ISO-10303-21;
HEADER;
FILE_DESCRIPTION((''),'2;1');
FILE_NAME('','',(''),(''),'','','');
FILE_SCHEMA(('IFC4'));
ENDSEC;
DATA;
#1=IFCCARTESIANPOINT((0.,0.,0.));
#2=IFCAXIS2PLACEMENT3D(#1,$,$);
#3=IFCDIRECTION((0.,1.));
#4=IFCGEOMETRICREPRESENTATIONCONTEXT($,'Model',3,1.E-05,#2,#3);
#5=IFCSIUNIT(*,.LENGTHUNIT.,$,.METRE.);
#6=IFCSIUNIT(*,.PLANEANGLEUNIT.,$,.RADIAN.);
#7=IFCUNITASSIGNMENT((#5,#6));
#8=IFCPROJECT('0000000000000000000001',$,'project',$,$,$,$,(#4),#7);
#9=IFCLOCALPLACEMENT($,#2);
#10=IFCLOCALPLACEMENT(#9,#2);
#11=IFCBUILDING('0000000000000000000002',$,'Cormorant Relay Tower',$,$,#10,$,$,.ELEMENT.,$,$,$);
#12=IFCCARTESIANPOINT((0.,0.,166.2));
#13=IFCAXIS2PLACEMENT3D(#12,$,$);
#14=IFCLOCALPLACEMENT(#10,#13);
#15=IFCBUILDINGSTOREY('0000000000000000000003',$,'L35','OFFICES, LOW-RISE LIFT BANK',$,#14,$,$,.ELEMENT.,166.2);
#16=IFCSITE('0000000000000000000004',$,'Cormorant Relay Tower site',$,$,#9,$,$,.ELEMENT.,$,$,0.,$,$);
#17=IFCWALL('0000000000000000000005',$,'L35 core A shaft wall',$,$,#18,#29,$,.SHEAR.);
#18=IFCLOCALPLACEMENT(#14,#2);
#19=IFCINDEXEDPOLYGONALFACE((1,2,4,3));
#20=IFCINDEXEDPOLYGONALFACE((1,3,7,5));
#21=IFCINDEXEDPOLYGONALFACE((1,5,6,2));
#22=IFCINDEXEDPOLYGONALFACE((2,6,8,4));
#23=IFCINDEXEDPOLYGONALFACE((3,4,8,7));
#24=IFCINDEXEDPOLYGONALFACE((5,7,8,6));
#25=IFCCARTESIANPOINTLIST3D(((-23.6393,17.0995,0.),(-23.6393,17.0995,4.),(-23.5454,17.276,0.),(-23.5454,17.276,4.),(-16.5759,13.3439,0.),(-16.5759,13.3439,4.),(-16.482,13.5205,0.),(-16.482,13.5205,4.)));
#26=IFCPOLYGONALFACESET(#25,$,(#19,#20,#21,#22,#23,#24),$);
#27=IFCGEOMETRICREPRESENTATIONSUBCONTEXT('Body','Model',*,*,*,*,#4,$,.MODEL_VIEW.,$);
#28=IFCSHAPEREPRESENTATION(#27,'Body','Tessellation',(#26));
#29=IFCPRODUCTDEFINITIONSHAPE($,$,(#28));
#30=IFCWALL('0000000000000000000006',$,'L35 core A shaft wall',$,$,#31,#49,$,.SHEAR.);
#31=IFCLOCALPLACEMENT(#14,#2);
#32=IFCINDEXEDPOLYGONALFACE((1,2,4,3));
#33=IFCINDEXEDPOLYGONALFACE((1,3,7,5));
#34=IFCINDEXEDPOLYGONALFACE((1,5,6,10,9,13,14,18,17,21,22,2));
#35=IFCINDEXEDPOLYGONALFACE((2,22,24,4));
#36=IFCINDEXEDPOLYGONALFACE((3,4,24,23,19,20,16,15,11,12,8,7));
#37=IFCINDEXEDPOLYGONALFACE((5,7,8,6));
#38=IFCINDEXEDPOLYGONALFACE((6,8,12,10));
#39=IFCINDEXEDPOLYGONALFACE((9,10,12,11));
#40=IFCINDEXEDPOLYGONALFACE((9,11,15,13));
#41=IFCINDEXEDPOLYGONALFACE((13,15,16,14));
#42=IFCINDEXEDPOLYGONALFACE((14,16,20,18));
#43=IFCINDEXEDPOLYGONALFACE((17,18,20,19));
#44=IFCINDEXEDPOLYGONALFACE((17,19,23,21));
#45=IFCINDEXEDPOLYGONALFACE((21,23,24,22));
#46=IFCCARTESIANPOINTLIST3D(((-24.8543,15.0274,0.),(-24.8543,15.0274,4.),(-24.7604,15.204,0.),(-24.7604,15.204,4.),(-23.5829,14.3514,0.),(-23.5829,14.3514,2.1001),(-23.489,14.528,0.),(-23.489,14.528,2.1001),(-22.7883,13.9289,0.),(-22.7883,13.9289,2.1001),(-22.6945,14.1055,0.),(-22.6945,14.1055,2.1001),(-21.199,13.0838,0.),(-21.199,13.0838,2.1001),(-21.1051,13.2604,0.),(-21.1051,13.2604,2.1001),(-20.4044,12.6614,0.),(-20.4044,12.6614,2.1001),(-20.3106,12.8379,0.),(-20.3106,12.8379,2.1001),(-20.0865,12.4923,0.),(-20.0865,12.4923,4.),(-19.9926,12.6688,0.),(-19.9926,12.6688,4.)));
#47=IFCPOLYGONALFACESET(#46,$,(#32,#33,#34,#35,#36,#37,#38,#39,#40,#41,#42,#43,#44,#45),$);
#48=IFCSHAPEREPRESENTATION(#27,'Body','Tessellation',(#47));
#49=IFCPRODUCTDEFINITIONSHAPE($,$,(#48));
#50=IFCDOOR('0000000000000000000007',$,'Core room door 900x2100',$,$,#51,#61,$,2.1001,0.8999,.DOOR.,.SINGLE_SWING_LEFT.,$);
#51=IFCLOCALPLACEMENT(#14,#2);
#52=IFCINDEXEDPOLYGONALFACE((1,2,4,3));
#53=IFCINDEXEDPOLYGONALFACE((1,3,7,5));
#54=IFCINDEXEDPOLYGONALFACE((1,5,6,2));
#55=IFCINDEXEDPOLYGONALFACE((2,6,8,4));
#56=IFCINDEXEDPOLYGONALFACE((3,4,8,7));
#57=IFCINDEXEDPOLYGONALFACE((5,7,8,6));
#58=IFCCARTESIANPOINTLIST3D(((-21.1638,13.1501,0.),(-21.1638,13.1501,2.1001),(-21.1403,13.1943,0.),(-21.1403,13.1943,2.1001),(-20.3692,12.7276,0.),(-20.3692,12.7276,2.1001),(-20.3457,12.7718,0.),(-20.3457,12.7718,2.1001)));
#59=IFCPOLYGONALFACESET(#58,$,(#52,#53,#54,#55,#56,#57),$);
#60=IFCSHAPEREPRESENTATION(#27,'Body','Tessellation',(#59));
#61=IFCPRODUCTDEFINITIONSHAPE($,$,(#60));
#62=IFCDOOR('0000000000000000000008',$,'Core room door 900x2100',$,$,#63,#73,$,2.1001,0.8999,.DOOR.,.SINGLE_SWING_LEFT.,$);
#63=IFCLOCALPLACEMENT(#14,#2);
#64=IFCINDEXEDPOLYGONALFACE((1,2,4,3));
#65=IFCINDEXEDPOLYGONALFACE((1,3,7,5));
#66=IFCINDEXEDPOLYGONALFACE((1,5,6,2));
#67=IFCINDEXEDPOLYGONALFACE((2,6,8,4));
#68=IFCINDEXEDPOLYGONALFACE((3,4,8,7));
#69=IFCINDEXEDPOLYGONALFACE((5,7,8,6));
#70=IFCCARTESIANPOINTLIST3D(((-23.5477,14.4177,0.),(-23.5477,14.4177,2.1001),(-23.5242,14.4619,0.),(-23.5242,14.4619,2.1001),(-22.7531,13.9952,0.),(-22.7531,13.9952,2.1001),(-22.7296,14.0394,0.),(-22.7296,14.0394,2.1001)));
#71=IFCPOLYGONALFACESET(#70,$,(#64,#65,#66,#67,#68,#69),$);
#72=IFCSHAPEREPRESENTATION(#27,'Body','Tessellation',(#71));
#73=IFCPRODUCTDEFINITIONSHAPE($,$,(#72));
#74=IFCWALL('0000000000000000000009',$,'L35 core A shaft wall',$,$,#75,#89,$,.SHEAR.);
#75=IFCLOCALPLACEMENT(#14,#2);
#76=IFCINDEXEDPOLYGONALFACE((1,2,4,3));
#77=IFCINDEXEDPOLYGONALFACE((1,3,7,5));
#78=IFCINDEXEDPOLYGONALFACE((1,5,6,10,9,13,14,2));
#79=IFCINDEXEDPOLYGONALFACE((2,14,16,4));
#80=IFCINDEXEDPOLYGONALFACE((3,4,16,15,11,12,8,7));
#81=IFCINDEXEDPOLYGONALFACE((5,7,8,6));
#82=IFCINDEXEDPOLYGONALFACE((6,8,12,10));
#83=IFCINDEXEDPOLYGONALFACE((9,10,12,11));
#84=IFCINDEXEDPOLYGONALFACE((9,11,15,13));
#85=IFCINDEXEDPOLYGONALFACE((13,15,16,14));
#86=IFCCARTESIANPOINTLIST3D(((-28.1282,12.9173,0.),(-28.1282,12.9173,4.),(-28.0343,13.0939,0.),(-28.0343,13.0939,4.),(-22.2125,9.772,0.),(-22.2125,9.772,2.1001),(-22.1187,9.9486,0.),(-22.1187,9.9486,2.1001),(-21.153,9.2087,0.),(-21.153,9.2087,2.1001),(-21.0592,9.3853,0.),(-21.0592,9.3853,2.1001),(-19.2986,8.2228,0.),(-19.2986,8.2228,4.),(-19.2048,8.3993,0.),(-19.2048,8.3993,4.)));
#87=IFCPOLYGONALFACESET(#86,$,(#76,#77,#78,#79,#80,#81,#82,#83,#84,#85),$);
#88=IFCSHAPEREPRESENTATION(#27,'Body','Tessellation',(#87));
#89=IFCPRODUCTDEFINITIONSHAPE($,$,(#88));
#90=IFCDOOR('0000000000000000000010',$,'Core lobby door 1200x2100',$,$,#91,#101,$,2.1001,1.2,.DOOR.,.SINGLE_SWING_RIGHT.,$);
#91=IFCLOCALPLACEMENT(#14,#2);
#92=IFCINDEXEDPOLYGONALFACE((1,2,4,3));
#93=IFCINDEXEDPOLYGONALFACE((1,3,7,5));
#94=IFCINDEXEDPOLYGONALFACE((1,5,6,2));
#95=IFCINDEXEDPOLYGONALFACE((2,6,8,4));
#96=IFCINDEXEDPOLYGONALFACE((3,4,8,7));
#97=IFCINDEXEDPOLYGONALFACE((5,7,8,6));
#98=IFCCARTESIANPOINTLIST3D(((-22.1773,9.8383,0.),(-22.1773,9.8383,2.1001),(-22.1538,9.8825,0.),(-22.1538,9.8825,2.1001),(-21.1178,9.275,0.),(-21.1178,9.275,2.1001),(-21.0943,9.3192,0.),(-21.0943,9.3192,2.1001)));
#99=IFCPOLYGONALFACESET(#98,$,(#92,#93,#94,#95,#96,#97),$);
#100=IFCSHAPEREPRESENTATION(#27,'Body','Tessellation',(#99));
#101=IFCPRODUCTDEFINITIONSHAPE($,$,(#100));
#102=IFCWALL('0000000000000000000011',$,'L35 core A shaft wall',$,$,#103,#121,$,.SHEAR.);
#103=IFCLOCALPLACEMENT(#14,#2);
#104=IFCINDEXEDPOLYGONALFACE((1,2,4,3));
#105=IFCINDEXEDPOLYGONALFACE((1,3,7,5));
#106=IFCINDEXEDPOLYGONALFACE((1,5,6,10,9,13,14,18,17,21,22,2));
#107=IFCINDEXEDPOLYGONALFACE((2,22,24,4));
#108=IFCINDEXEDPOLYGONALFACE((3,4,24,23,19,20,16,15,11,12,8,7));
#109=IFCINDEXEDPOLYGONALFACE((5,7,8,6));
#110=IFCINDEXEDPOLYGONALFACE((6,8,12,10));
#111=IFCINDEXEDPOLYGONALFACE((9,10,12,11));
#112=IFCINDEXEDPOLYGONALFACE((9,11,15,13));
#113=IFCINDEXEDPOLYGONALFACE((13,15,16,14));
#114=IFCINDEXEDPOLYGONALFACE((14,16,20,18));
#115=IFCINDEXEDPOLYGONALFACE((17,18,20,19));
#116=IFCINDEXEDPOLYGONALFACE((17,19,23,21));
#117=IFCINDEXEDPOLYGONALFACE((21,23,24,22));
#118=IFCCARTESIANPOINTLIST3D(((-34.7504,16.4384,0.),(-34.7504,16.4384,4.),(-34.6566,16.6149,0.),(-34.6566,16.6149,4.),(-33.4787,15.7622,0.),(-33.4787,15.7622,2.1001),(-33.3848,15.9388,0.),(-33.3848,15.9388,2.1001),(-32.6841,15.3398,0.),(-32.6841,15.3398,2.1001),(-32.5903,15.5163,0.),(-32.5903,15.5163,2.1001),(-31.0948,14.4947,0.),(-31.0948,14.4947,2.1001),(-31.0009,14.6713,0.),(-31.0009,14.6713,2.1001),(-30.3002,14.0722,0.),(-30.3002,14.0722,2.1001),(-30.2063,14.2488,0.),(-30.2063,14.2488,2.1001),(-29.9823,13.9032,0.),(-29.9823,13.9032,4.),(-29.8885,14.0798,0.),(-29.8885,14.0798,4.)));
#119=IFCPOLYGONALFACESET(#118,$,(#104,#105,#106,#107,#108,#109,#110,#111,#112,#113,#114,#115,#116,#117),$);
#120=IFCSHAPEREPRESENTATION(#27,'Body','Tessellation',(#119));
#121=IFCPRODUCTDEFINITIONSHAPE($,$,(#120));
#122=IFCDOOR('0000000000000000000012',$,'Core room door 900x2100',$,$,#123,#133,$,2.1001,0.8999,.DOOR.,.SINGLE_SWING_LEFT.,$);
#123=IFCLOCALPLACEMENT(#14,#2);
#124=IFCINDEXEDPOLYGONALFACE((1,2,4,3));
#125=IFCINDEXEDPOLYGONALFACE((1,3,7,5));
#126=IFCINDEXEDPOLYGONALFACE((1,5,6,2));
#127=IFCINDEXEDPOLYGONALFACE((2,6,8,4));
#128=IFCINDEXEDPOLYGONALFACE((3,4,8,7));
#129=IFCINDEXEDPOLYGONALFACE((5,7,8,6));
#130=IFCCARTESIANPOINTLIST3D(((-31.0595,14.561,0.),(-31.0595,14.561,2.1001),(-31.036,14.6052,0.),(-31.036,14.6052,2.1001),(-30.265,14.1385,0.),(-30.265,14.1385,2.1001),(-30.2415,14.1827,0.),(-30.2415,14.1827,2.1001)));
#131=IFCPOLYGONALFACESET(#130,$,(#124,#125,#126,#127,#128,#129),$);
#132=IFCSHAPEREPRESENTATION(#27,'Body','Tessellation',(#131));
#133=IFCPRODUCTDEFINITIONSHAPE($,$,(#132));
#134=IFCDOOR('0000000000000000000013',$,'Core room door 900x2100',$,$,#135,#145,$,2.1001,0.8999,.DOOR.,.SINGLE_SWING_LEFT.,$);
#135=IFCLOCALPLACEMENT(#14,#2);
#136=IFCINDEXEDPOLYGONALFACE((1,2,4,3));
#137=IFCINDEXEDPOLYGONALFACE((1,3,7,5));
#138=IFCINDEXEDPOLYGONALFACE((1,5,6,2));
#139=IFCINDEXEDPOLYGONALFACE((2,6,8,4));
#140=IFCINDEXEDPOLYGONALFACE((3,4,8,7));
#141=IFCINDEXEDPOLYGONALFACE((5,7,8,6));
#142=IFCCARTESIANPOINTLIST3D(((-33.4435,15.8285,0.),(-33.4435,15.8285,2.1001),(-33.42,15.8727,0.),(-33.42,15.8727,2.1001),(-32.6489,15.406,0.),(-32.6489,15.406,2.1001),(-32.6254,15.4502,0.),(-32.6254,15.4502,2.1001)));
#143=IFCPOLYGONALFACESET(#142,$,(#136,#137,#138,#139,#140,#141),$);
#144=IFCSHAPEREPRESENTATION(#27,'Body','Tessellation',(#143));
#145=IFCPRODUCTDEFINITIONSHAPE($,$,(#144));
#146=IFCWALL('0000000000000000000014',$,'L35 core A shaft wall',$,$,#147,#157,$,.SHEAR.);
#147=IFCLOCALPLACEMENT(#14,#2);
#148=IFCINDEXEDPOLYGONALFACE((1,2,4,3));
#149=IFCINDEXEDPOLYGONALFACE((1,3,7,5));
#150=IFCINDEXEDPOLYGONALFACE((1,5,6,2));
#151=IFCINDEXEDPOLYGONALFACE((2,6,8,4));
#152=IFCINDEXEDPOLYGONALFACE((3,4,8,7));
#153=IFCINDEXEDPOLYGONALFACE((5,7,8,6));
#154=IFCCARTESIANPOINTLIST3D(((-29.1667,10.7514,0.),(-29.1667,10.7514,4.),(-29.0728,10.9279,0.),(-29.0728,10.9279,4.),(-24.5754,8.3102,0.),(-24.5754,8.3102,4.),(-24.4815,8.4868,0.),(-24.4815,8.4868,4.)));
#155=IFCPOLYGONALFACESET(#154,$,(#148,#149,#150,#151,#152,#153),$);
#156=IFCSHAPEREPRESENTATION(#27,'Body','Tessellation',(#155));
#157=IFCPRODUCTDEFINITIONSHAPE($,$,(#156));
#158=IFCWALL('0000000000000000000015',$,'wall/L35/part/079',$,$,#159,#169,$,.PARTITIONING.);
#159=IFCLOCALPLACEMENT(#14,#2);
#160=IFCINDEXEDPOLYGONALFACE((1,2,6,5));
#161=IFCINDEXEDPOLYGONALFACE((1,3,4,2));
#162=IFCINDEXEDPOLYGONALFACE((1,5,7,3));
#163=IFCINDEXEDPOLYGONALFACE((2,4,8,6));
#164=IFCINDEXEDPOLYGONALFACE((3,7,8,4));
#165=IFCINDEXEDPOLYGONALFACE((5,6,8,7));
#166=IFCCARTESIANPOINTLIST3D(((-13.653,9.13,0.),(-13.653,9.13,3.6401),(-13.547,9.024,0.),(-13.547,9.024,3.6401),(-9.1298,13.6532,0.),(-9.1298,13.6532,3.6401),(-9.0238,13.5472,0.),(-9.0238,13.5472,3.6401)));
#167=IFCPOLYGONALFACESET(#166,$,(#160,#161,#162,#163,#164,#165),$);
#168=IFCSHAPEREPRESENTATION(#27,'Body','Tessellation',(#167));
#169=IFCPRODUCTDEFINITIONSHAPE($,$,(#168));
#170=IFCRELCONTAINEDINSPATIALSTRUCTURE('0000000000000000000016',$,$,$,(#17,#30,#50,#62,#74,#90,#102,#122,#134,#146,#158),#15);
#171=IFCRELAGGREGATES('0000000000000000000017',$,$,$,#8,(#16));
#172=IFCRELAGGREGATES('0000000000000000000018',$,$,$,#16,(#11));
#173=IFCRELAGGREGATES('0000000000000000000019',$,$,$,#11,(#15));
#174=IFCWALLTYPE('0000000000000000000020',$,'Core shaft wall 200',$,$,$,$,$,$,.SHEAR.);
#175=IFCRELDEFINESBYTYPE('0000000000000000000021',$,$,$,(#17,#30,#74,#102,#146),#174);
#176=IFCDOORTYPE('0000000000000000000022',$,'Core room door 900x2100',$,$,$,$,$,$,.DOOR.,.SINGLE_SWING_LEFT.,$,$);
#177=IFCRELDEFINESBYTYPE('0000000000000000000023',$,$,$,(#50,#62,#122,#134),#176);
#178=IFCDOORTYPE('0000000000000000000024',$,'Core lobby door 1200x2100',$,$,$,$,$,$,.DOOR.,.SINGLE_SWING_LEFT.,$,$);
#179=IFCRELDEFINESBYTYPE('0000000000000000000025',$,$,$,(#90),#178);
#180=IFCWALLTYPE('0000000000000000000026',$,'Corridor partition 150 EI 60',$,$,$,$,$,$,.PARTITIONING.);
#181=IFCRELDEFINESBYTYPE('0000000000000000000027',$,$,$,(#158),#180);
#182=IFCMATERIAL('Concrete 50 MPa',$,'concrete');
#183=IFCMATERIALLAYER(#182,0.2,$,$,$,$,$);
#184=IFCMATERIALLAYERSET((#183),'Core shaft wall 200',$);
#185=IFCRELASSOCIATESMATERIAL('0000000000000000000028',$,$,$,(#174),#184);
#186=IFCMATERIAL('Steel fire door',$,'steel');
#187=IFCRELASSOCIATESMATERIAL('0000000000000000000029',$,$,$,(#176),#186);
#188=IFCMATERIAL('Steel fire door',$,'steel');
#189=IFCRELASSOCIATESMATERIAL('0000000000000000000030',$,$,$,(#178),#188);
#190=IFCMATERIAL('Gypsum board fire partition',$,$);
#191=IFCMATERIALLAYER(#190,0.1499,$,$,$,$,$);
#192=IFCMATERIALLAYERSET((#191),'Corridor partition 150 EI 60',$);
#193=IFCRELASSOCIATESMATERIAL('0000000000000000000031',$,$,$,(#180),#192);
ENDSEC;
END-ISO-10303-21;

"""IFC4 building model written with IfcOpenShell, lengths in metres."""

from ifc_helpers import new_model, si_unit, direction, frame, frame_2d, origin, place, context, subcontext, project, spatial, rectangle, extrude, material, layer, layer_set, type_object, element, fill, save


model = new_model("IFC4")

# Units and contexts
model_context = context("Model", 3, precision=1e-05, world=origin(), true_north=direction((0.0, 1.0)))
body_context = subcontext(model_context, "Body", "Model", "MODEL_VIEW")
ifc_project = project(units=[si_unit("LENGTHUNIT", "METRE"), si_unit("PLANEANGLEUNIT", "RADIAN")], contexts=[model_context])

# Site, building, storey
site_placement = place(None, origin())
site = spatial("IfcSite", under=ifc_project, at=site_placement, Name="Cormorant Relay Tower site", CompositionType="ELEMENT", RefElevation=0.0)
building_placement = place(site_placement, origin())
building = spatial("IfcBuilding", under=site, at=building_placement, Name="Cormorant Relay Tower", CompositionType="ELEMENT")
storey_placement = place(building_placement, frame((0.0, 0.0, 166.2)))
storey = spatial("IfcBuildingStorey", under=building, at=storey_placement, Name="L35", Description="OFFICES, LOW-RISE LIFT BANK", CompositionType="ELEMENT", Elevation=166.2)

# Shared definitions
ifc_material_1 = material(Name="Concrete 50 MPa", Category="concrete")
ifc_layer_1 = layer(ifc_material_1, 0.2)
ifc_layer_set_1 = layer_set([ifc_layer_1], Name="Core shaft wall 200")
wall_type_1 = type_object("IfcWallType", Name="Core shaft wall 200", PredefinedType="SHEAR", material=ifc_layer_set_1)

# Shared definitions
ifc_material_2 = material(Name="Steel fire door", Category="steel")
door_type_1 = type_object("IfcDoorType", Name="Core room door 900x2100", OperationType="SINGLE_SWING_LEFT", PredefinedType="DOOR", material=ifc_material_2)

# Wall
wall_1_placement = place(storey_placement, frame((-16.5288, 13.4321, 0.0), z_axis=(0.0, 0.0, 1.0), x_axis=(-0.882953, 0.469462, 0.0)))
element("IfcWall", 1, at=wall_1_placement, inside=storey, type_object=wall_type_1, Name="L35 core A shaft wall", PredefinedType="SHEAR", context=body_context, shape_type="SweptSolid", body=[
    extrude(rectangle(XDim=7.9998, YDim=0.2, at=frame_2d((4.0, 0.0))), origin(), (0.0, 0.0, 1.0), 4.0),
])

# Wall, openings, doors
wall_2_placement = place(storey_placement, frame((-20.0396, 12.5806, 0.0), z_axis=(0.0, 0.0, 1.0), x_axis=(-0.882943, 0.46948, 0.0)))
wall_2 = element("IfcWall", 2, at=wall_2_placement, inside=storey, type_object=wall_type_1, Name="L35 core A shaft wall", PredefinedType="SHEAR", context=body_context, shape_type="SweptSolid", body=[
    extrude(rectangle(XDim=5.3999, YDim=0.2, at=frame_2d((2.7, 0.0))), origin(), (0.0, 0.0, 1.0), 4.0),
])
opening_1_placement = place(wall_2_placement, frame((0.3601, 0.0, 0.0)))
opening_1 = element("IfcOpeningElement", 3, at=opening_1_placement, cuts=wall_2, PredefinedType="OPENING", context=body_context, shape_type="SweptSolid", body=[
    extrude(rectangle(XDim=0.8999, YDim=2.1001, at=frame_2d((0.45, 1.05))), frame((0.0, 0.1099, 0.0), z_axis=(0.0, -1.0, 0.0), x_axis=(1.0, 0.0, 0.0)), (0.0, 0.0, 1.0), 0.22),
])
opening_2_placement = place(wall_2_placement, frame((3.0601, 0.0, 0.0)))
opening_2 = element("IfcOpeningElement", 4, at=opening_2_placement, cuts=wall_2, PredefinedType="OPENING", context=body_context, shape_type="SweptSolid", body=[
    extrude(rectangle(XDim=0.8999, YDim=2.1001, at=frame_2d((0.45, 1.05))), frame((0.0, 0.1099, 0.0), z_axis=(0.0, -1.0, 0.0), x_axis=(1.0, 0.0, 0.0)), (0.0, 0.0, 1.0), 0.22),
])
door_1_placement = place(opening_1_placement, origin())
door_1 = element("IfcDoor", 5, at=door_1_placement, inside=storey, type_object=door_type_1, Name="Core room door 900x2100", OperationType="SINGLE_SWING_LEFT", OverallHeight=2.1001, OverallWidth=0.8999, PredefinedType="DOOR", context=body_context, shape_type="SweptSolid", body=[
    extrude(rectangle(XDim=0.8999, YDim=2.1001, at=frame_2d((0.45, 1.05))), frame((0.0, 0.0249, 0.0), z_axis=(0.0, -1.0, 0.0), x_axis=(1.0, 0.0, 0.0)), (0.0, 0.0, 1.0), 0.05),
])
fill(opening_1, door_1)
door_2_placement = place(opening_2_placement, origin())
door_2 = element("IfcDoor", 6, at=door_2_placement, inside=storey, type_object=door_type_1, Name="Core room door 900x2100", OperationType="SINGLE_SWING_LEFT", OverallHeight=2.1001, OverallWidth=0.8999, PredefinedType="DOOR", context=body_context, shape_type="SweptSolid", body=[
    extrude(rectangle(XDim=0.8999, YDim=2.1001, at=frame_2d((0.45, 1.05))), frame((0.0, 0.0249, 0.0), z_axis=(0.0, -1.0, 0.0), x_axis=(1.0, 0.0, 0.0)), (0.0, 0.0, 1.0), 0.05),
])
fill(opening_2, door_2)

# Wall, opening, door
wall_3_placement = place(storey_placement, frame((-19.2517, 8.311, 0.0), z_axis=(0.0, 0.0, 1.0), x_axis=(-0.882956, 0.469456, 0.0)))
wall_3 = element("IfcWall", 7, at=wall_3_placement, inside=storey, type_object=wall_type_1, Name="L35 core A shaft wall", PredefinedType="SHEAR", context=body_context, shape_type="SweptSolid", body=[
    extrude(rectangle(XDim=10.0, YDim=0.2, at=frame_2d((5.0, 0.0))), origin(), (0.0, 0.0, 1.0), 4.0),
])
opening_3_placement = place(wall_3_placement, frame((2.1001, 0.0, 0.0)))
opening_3 = element("IfcOpeningElement", 8, at=opening_3_placement, cuts=wall_3, PredefinedType="OPENING", context=body_context, shape_type="SweptSolid", body=[
    extrude(rectangle(XDim=1.2, YDim=2.1001, at=frame_2d((0.6001, 1.05))), frame((0.0, 0.1099, 0.0), z_axis=(0.0, -1.0, 0.0), x_axis=(1.0, 0.0, 0.0)), (0.0, 0.0, 1.0), 0.22),
])
ifc_material_3 = material(Name="Steel fire door", Category="steel")
door_type_2 = type_object("IfcDoorType", Name="Core lobby door 1200x2100", OperationType="SINGLE_SWING_LEFT", PredefinedType="DOOR", material=ifc_material_3)
door_3_placement = place(opening_3_placement, origin())
door_3 = element("IfcDoor", 9, at=door_3_placement, inside=storey, type_object=door_type_2, Name="Core lobby door 1200x2100", OperationType="SINGLE_SWING_RIGHT", OverallHeight=2.1001, OverallWidth=1.2, PredefinedType="DOOR", context=body_context, shape_type="SweptSolid", body=[
    extrude(rectangle(XDim=1.2, YDim=2.1001, at=frame_2d((0.6001, 1.05))), frame((0.0, 0.0249, 0.0), z_axis=(0.0, -1.0, 0.0), x_axis=(1.0, 0.0, 0.0)), (0.0, 0.0, 1.0), 0.05),
])
fill(opening_3, door_3)

# Wall, openings, doors
wall_4_placement = place(storey_placement, frame((-29.9353, 13.9915, 0.0), z_axis=(0.0, 0.0, 1.0), x_axis=(-0.882953, 0.469462, 0.0)))
wall_4 = element("IfcWall", 10, at=wall_4_placement, inside=storey, type_object=wall_type_1, Name="L35 core A shaft wall", PredefinedType="SHEAR", context=body_context, shape_type="SweptSolid", body=[
    extrude(rectangle(XDim=5.4001, YDim=0.2, at=frame_2d((2.7002, 0.0))), origin(), (0.0, 0.0, 1.0), 4.0),
])
opening_4_placement = place(wall_4_placement, frame((0.3601, 0.0, 0.0)))
opening_4 = element("IfcOpeningElement", 11, at=opening_4_placement, cuts=wall_4, PredefinedType="OPENING", context=body_context, shape_type="SweptSolid", body=[
    extrude(rectangle(XDim=0.8999, YDim=2.1001, at=frame_2d((0.45, 1.05))), frame((0.0, 0.1099, 0.0), z_axis=(0.0, -1.0, 0.0), x_axis=(1.0, 0.0, 0.0)), (0.0, 0.0, 1.0), 0.22),
])
opening_5_placement = place(wall_4_placement, frame((3.0601, 0.0, 0.0)))
opening_5 = element("IfcOpeningElement", 12, at=opening_5_placement, cuts=wall_4, PredefinedType="OPENING", context=body_context, shape_type="SweptSolid", body=[
    extrude(rectangle(XDim=0.8999, YDim=2.1001, at=frame_2d((0.45, 1.05))), frame((0.0, 0.1099, 0.0), z_axis=(0.0, -1.0, 0.0), x_axis=(1.0, 0.0, 0.0)), (0.0, 0.0, 1.0), 0.22),
])
door_4_placement = place(opening_4_placement, origin())
door_4 = element("IfcDoor", 13, at=door_4_placement, inside=storey, type_object=door_type_1, Name="Core room door 900x2100", OperationType="SINGLE_SWING_LEFT", OverallHeight=2.1001, OverallWidth=0.8999, PredefinedType="DOOR", context=body_context, shape_type="SweptSolid", body=[
    extrude(rectangle(XDim=0.8999, YDim=2.1001, at=frame_2d((0.45, 1.05))), frame((0.0, 0.0249, 0.0), z_axis=(0.0, -1.0, 0.0), x_axis=(1.0, 0.0, 0.0)), (0.0, 0.0, 1.0), 0.05),
])
fill(opening_4, door_4)
door_5_placement = place(opening_5_placement, origin())
door_5 = element("IfcDoor", 14, at=door_5_placement, inside=storey, type_object=door_type_1, Name="Core room door 900x2100", OperationType="SINGLE_SWING_LEFT", OverallHeight=2.1001, OverallWidth=0.8999, PredefinedType="DOOR", context=body_context, shape_type="SweptSolid", body=[
    extrude(rectangle(XDim=0.8999, YDim=2.1001, at=frame_2d((0.45, 1.05))), frame((0.0, 0.0249, 0.0), z_axis=(0.0, -1.0, 0.0), x_axis=(1.0, 0.0, 0.0)), (0.0, 0.0, 1.0), 0.05),
])
fill(opening_5, door_5)

# Walls
wall_5_placement = place(storey_placement, frame((-24.5283, 8.3984, 0.0), z_axis=(0.0, 0.0, 1.0), x_axis=(-0.882954, 0.46946, 0.0)))
element("IfcWall", 15, at=wall_5_placement, inside=storey, type_object=wall_type_1, Name="L35 core A shaft wall", PredefinedType="SHEAR", context=body_context, shape_type="SweptSolid", body=[
    extrude(rectangle(XDim=5.2, YDim=0.2, at=frame_2d((2.6001, 0.0))), origin(), (0.0, 0.0, 1.0), 4.0),
])
ifc_material_4 = material(Name="Gypsum board fire partition")
ifc_layer_2 = layer(ifc_material_4, 0.1499)
ifc_layer_set_2 = layer_set([ifc_layer_2], Name="Corridor partition 150 EI 60")
wall_type_2 = type_object("IfcWallType", Name="Corridor partition 150 EI 60", PredefinedType="PARTITIONING", material=ifc_layer_set_2)
wall_6_placement = place(storey_placement, frame((-9.0769, 13.6001, 0.0), z_axis=(0.0, 0.0, 1.0), x_axis=(-0.707107, -0.707107, 0.0)))
element("IfcWall", 16, at=wall_6_placement, inside=storey, type_object=wall_type_2, Name="wall/L35/part/079", PredefinedType="PARTITIONING", context=body_context, shape_type="SweptSolid", body=[
    extrude(rectangle(XDim=6.3967, YDim=0.1499, at=frame_2d((3.1982, 0.0))), origin(), (0.0, 0.0, 1.0), 3.6401),
])

save(model, "model.ifc")
